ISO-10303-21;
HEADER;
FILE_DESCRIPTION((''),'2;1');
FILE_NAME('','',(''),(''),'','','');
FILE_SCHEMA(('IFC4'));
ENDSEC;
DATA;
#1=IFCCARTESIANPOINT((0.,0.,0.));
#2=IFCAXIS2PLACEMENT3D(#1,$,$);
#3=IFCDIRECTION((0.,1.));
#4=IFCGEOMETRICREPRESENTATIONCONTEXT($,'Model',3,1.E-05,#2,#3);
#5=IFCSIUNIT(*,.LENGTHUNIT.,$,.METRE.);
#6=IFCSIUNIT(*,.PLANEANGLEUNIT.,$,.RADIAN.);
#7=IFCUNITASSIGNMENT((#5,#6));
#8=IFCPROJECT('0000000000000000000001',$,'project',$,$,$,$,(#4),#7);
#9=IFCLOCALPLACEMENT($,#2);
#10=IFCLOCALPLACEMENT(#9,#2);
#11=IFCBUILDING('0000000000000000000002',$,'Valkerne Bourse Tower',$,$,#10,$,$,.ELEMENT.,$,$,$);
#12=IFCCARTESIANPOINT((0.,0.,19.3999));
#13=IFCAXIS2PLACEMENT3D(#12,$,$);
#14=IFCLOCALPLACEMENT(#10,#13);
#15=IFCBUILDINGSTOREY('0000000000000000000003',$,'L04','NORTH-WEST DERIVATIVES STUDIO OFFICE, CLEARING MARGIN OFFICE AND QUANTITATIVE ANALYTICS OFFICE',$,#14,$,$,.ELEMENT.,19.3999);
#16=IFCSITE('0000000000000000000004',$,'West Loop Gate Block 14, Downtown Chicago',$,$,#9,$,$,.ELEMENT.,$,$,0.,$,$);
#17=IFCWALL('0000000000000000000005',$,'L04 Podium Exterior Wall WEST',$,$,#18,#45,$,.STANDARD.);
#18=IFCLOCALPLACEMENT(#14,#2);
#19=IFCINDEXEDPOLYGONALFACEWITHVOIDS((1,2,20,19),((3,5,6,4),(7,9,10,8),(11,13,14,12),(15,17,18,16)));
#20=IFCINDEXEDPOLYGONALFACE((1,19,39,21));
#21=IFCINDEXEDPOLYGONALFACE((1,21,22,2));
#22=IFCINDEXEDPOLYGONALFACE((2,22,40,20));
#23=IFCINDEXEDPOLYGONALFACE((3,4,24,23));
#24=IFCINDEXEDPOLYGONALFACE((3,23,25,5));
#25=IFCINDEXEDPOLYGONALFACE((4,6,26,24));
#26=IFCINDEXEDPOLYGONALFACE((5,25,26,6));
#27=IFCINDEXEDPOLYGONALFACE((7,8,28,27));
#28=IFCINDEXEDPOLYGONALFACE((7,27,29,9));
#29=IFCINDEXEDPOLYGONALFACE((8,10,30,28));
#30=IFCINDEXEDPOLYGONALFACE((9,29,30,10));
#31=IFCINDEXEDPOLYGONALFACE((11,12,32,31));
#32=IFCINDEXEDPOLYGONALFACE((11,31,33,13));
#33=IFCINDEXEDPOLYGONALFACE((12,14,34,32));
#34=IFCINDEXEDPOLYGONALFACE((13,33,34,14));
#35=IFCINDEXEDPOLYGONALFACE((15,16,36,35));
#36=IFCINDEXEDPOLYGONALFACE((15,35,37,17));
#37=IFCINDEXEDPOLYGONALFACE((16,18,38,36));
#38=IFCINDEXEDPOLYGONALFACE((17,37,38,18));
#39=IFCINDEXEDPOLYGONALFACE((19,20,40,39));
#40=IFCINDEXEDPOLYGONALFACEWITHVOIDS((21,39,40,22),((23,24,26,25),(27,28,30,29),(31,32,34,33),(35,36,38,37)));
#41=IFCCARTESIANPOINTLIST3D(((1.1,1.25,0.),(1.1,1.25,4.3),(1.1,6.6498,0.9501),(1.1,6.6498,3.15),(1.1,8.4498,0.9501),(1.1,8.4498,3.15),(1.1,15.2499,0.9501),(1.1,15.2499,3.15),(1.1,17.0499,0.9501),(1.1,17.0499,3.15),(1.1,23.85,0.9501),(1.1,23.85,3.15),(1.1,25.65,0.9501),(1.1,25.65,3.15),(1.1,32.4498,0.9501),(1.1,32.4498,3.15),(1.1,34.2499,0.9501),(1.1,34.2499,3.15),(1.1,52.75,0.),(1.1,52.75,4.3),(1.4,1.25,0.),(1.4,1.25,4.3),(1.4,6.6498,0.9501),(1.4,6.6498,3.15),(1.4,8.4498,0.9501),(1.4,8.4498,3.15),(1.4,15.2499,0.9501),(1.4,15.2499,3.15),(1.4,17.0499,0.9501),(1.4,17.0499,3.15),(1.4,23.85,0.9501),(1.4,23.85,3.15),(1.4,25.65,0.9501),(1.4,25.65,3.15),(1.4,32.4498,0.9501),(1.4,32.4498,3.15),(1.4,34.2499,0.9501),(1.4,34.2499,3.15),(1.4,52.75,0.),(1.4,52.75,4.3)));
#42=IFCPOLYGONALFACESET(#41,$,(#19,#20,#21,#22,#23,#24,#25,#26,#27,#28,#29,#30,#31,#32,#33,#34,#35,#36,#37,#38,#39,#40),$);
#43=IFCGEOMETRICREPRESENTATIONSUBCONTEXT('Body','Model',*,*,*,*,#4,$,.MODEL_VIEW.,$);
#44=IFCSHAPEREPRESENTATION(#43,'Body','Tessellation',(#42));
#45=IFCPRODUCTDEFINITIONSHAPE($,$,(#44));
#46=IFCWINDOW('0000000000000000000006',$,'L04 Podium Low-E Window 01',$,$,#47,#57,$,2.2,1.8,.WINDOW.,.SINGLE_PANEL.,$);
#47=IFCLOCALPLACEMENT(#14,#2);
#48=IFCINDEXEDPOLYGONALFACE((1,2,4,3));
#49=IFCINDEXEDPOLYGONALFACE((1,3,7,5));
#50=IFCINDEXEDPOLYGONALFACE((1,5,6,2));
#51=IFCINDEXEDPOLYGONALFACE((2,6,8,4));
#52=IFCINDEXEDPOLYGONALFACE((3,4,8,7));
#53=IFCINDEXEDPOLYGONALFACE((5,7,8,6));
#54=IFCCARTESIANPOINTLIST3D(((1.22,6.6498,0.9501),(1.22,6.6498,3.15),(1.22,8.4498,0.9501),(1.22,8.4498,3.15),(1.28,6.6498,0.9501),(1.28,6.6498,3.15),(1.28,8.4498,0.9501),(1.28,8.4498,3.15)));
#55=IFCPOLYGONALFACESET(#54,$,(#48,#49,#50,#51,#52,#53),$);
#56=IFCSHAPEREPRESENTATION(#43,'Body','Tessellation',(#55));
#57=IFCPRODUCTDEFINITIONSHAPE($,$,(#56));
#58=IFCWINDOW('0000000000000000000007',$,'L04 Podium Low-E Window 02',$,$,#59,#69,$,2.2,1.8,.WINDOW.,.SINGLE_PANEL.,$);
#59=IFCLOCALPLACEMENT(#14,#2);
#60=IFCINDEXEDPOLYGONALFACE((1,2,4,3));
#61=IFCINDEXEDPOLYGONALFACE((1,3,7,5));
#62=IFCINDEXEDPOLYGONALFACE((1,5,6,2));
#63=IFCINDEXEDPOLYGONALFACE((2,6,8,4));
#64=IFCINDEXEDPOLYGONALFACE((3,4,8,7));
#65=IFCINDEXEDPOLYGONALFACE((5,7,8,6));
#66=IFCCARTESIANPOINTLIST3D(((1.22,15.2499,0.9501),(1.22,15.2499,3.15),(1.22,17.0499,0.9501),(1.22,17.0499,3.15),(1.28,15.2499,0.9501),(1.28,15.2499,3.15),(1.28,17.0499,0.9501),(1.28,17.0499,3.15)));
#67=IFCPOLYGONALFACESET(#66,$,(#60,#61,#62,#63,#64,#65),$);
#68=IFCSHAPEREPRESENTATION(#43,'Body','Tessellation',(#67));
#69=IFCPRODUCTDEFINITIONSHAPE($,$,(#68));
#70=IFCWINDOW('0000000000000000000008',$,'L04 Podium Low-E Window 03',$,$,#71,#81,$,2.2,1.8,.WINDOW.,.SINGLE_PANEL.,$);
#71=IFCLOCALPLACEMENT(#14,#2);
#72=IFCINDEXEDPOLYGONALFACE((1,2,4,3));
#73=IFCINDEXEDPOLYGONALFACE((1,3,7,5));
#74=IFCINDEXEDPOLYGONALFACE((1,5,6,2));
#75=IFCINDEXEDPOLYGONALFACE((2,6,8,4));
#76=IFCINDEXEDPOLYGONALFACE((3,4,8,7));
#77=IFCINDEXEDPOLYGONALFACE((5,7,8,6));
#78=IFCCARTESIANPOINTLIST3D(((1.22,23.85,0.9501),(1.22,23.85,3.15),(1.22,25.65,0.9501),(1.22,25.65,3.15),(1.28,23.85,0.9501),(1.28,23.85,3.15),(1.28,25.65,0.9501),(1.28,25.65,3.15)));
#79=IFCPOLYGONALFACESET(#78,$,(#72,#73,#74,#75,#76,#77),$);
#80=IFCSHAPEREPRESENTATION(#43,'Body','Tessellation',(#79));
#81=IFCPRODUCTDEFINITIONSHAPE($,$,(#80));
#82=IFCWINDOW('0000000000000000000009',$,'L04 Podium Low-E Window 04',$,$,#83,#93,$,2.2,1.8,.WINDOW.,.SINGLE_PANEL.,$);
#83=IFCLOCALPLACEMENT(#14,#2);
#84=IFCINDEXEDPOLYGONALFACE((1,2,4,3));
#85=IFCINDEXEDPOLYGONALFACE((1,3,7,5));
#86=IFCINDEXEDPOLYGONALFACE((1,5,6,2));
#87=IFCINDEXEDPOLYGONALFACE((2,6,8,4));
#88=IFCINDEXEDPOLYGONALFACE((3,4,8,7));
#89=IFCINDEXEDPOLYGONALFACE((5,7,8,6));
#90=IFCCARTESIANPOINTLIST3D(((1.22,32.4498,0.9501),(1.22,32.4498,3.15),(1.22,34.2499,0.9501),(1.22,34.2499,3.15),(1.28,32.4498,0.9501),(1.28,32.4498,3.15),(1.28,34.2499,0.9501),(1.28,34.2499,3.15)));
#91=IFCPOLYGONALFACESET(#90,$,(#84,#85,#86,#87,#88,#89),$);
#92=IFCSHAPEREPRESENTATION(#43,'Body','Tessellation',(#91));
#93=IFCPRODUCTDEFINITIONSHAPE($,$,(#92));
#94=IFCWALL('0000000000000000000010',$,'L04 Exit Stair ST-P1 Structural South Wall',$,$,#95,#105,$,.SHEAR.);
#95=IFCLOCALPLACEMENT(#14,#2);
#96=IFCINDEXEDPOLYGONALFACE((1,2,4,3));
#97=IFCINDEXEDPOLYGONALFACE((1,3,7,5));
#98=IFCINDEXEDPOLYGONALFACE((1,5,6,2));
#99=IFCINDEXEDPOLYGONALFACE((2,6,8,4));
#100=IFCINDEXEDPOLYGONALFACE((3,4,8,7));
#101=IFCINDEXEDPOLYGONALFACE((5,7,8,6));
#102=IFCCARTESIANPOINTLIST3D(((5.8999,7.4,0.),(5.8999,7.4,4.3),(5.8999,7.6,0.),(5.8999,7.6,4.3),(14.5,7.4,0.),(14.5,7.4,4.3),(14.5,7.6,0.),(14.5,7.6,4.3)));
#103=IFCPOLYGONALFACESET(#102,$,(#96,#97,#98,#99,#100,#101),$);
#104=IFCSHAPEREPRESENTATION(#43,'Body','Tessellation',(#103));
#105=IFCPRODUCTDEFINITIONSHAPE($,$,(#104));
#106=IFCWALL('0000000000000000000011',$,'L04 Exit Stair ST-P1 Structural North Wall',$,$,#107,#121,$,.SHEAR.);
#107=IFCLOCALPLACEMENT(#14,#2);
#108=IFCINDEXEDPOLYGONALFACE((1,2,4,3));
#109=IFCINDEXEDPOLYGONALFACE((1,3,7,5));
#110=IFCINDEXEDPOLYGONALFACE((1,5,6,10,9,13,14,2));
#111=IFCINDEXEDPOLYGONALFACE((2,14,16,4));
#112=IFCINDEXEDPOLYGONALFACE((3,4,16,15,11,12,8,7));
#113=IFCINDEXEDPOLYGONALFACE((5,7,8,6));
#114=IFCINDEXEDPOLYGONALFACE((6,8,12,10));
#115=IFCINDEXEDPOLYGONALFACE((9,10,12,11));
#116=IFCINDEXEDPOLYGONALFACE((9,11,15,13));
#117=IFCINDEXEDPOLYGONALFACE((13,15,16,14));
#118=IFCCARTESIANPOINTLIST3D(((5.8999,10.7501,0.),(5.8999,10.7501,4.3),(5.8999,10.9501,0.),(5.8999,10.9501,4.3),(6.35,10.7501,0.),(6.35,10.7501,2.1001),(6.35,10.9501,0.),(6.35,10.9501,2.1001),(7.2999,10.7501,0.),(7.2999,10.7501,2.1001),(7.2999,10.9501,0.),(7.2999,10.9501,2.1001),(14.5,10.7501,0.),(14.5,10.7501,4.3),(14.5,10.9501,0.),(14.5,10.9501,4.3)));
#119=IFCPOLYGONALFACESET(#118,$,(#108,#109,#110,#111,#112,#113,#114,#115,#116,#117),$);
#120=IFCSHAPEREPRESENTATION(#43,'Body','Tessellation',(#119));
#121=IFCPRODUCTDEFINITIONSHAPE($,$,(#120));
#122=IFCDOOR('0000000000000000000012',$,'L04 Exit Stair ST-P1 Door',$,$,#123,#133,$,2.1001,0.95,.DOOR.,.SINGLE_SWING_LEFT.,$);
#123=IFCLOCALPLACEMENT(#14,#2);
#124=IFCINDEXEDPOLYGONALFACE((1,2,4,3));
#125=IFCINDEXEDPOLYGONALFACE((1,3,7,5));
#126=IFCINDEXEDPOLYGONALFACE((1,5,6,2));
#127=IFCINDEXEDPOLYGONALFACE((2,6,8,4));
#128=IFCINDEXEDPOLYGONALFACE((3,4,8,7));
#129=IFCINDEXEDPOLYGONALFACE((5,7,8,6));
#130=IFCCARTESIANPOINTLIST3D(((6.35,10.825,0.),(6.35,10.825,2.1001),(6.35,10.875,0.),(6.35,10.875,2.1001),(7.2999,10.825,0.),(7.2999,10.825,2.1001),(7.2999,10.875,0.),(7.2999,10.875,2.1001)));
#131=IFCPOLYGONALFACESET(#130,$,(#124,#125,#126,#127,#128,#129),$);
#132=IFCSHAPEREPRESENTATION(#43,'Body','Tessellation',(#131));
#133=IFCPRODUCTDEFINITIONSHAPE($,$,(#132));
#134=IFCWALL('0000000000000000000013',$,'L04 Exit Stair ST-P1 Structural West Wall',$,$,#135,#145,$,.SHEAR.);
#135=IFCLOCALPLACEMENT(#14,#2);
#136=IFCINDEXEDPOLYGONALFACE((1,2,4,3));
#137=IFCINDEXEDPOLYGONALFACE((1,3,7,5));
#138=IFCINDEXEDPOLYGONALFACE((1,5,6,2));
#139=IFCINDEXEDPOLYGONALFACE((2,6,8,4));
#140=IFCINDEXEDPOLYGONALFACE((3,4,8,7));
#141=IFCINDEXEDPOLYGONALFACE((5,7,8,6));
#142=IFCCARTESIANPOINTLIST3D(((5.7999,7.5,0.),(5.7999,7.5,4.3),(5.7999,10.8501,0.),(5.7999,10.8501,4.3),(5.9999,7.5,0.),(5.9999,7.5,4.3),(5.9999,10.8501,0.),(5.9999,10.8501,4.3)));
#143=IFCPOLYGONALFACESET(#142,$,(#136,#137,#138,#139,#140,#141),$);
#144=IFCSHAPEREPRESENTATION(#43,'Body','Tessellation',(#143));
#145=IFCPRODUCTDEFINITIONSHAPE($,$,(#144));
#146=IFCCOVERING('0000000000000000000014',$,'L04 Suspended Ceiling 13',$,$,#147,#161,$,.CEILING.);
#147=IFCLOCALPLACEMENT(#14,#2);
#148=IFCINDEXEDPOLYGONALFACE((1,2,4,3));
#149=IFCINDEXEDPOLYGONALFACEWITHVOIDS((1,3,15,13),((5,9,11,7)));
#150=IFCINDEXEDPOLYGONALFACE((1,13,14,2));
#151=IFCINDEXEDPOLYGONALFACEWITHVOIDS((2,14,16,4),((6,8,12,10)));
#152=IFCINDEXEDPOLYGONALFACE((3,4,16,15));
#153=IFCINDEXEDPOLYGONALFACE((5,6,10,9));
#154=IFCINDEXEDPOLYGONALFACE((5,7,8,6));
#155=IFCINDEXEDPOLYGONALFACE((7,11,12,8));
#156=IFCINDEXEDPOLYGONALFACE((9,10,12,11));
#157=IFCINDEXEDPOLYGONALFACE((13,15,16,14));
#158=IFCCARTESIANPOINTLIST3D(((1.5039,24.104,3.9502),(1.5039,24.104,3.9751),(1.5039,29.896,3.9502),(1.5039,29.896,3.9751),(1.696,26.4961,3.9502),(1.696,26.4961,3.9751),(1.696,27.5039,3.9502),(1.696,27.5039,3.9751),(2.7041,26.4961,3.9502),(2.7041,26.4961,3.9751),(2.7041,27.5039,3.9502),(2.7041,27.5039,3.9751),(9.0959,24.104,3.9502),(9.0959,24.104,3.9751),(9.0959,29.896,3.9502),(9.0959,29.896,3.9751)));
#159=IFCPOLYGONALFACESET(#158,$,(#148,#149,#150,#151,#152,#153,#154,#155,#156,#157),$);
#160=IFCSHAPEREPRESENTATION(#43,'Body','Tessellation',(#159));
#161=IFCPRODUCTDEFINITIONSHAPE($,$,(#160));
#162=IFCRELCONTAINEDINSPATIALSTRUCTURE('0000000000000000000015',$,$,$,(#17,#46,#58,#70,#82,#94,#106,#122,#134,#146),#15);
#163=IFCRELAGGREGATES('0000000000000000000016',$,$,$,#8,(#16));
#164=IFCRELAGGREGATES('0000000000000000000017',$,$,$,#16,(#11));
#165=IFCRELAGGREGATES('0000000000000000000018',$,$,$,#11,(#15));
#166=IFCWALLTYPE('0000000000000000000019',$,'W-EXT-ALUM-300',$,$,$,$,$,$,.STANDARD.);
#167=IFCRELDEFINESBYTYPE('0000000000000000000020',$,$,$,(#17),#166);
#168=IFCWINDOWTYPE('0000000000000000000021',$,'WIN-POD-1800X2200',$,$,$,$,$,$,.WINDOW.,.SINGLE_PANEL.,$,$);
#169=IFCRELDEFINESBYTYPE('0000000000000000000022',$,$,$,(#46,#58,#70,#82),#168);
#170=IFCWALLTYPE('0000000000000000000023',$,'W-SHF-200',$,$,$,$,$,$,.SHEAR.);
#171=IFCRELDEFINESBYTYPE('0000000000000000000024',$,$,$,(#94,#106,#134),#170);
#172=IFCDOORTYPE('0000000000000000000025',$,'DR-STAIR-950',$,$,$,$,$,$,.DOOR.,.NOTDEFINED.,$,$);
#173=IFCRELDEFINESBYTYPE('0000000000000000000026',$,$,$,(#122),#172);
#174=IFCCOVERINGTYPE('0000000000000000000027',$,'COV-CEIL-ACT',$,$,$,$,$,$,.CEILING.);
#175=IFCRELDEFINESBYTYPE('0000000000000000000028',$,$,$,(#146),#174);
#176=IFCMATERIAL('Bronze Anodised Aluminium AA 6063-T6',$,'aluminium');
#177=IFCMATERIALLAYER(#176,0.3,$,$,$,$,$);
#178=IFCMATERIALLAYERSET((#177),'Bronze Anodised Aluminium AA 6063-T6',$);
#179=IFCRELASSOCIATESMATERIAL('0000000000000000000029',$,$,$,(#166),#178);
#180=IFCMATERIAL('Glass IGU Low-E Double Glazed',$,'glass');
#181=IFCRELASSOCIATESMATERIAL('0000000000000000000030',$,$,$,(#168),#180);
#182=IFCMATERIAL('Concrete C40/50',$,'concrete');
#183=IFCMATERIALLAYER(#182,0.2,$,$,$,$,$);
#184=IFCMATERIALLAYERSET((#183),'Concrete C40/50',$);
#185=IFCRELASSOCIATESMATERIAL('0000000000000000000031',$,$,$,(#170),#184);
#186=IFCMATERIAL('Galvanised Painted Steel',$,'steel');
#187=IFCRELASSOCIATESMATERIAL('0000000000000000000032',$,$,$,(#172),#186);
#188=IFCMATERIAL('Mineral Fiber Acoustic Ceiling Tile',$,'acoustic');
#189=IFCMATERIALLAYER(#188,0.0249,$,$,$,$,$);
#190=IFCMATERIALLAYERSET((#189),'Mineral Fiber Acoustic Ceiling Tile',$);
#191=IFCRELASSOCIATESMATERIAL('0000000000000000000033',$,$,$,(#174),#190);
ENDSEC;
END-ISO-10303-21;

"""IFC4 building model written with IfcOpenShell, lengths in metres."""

from ifc_helpers import new_model, si_unit, direction, frame, frame_2d, origin, place, context, subcontext, project, spatial, polyline, rectangle, outline, extrude, material, layer, layer_set, type_object, element, fill, save


model = new_model("IFC4")

# Units and contexts
model_context = context("Model", 3, precision=1e-05, world=origin(), true_north=direction((0.0, 1.0)))
body_context = subcontext(model_context, "Body", "Model", "MODEL_VIEW")
ifc_project = project(units=[si_unit("LENGTHUNIT", "METRE"), si_unit("PLANEANGLEUNIT", "RADIAN")], contexts=[model_context])

# Site, building, storey
site_placement = place(None, origin())
site = spatial("IfcSite", under=ifc_project, at=site_placement, Name="West Loop Gate Block 14, Downtown Chicago", CompositionType="ELEMENT", RefElevation=0.0)
building_placement = place(site_placement, origin())
building = spatial("IfcBuilding", under=site, at=building_placement, Name="Valkerne Bourse Tower", CompositionType="ELEMENT")
storey_placement = place(building_placement, frame((0.0, 0.0, 19.3999)))
storey = spatial("IfcBuildingStorey", under=building, at=storey_placement, Name="L04", Description="NORTH-WEST DERIVATIVES STUDIO OFFICE, CLEARING MARGIN OFFICE AND QUANTITATIVE ANALYTICS OFFICE", CompositionType="ELEMENT", Elevation=19.3999)

# Wall, openings, windows
ifc_material_1 = material(Name="Bronze Anodised Aluminium AA 6063-T6", Category="aluminium")
ifc_layer_1 = layer(ifc_material_1, 0.3)
ifc_layer_set_1 = layer_set([ifc_layer_1], Name="Bronze Anodised Aluminium AA 6063-T6")
wall_type_1 = type_object("IfcWallType", Name="W-EXT-ALUM-300", PredefinedType="STANDARD", material=ifc_layer_set_1)
wall_1_placement = place(storey_placement, frame((1.25, 1.25, 0.0), z_axis=(0.0, 0.0, 1.0), x_axis=(0.0, 1.0, 0.0)))
wall_1 = element("IfcWall", 1, at=wall_1_placement, inside=storey, type_object=wall_type_1, Name="L04 Podium Exterior Wall WEST", PredefinedType="STANDARD", context=body_context, shape_type="SweptSolid", body=[
    extrude(rectangle(XDim=51.5, YDim=0.3, at=frame_2d((25.75, 0.0))), origin(), (0.0, 0.0, 1.0), 4.3),
])
opening_1_placement = place(wall_1_placement, frame((5.3999, 0.0, 0.95)))
opening_1 = element("IfcOpeningElement", 2, at=opening_1_placement, cuts=wall_1, PredefinedType="OPENING", context=body_context, shape_type="SweptSolid", body=[
    extrude(rectangle(XDim=1.8, YDim=2.2, at=frame_2d((0.8999, 1.1001))), frame((0.0, 0.1599, 0.0), z_axis=(0.0, -1.0, 0.0), x_axis=(1.0, 0.0, 0.0)), (0.0, 0.0, 1.0), 0.3201),
])
opening_2_placement = place(wall_1_placement, frame((14.0, 0.0, 0.95)))
opening_2 = element("IfcOpeningElement", 3, at=opening_2_placement, cuts=wall_1, PredefinedType="OPENING", context=body_context, shape_type="SweptSolid", body=[
    extrude(rectangle(XDim=1.8, YDim=2.2, at=frame_2d((0.8999, 1.1001))), frame((0.0, 0.1599, 0.0), z_axis=(0.0, -1.0, 0.0), x_axis=(1.0, 0.0, 0.0)), (0.0, 0.0, 1.0), 0.3201),
])
opening_3_placement = place(wall_1_placement, frame((22.6001, 0.0, 0.95)))
opening_3 = element("IfcOpeningElement", 4, at=opening_3_placement, cuts=wall_1, PredefinedType="OPENING", context=body_context, shape_type="SweptSolid", body=[
    extrude(rectangle(XDim=1.8, YDim=2.2, at=frame_2d((0.8999, 1.1001))), frame((0.0, 0.1599, 0.0), z_axis=(0.0, -1.0, 0.0), x_axis=(1.0, 0.0, 0.0)), (0.0, 0.0, 1.0), 0.3201),
])
opening_4_placement = place(wall_1_placement, frame((31.2, 0.0, 0.95)))
opening_4 = element("IfcOpeningElement", 5, at=opening_4_placement, cuts=wall_1, PredefinedType="OPENING", context=body_context, shape_type="SweptSolid", body=[
    extrude(rectangle(XDim=1.8, YDim=2.2, at=frame_2d((0.8999, 1.1001))), frame((0.0, 0.1599, 0.0), z_axis=(0.0, -1.0, 0.0), x_axis=(1.0, 0.0, 0.0)), (0.0, 0.0, 1.0), 0.3201),
])
ifc_material_2 = material(Name="Glass IGU Low-E Double Glazed", Category="glass")
window_type = type_object("IfcWindowType", Name="WIN-POD-1800X2200", PartitioningType="SINGLE_PANEL", PredefinedType="WINDOW", material=ifc_material_2)
window_1_placement = place(opening_1_placement, origin())
window_1 = element("IfcWindow", 6, at=window_1_placement, inside=storey, type_object=window_type, Name="L04 Podium Low-E Window 01", OverallHeight=2.2, OverallWidth=1.8, PartitioningType="SINGLE_PANEL", PredefinedType="WINDOW", context=body_context, shape_type="SweptSolid", body=[
    extrude(rectangle(XDim=1.8, YDim=2.2, at=frame_2d((0.8999, 1.1001))), frame((0.0, 0.03, 0.0), z_axis=(0.0, -1.0, 0.0), x_axis=(1.0, 0.0, 0.0)), (0.0, 0.0, 1.0), 0.0601),
])
fill(opening_1, window_1)
window_2_placement = place(opening_2_placement, origin())
window_2 = element("IfcWindow", 7, at=window_2_placement, inside=storey, type_object=window_type, Name="L04 Podium Low-E Window 02", OverallHeight=2.2, OverallWidth=1.8, PartitioningType="SINGLE_PANEL", PredefinedType="WINDOW", context=body_context, shape_type="SweptSolid", body=[
    extrude(rectangle(XDim=1.8, YDim=2.2, at=frame_2d((0.8999, 1.1001))), frame((0.0, 0.03, 0.0), z_axis=(0.0, -1.0, 0.0), x_axis=(1.0, 0.0, 0.0)), (0.0, 0.0, 1.0), 0.0601),
])
fill(opening_2, window_2)
window_3_placement = place(opening_3_placement, origin())
window_3 = element("IfcWindow", 8, at=window_3_placement, inside=storey, type_object=window_type, Name="L04 Podium Low-E Window 03", OverallHeight=2.2, OverallWidth=1.8, PartitioningType="SINGLE_PANEL", PredefinedType="WINDOW", context=body_context, shape_type="SweptSolid", body=[
    extrude(rectangle(XDim=1.8, YDim=2.2, at=frame_2d((0.8999, 1.1001))), frame((0.0, 0.03, 0.0), z_axis=(0.0, -1.0, 0.0), x_axis=(1.0, 0.0, 0.0)), (0.0, 0.0, 1.0), 0.0601),
])
fill(opening_3, window_3)
window_4_placement = place(opening_4_placement, origin())
window_4 = element("IfcWindow", 9, at=window_4_placement, inside=storey, type_object=window_type, Name="L04 Podium Low-E Window 04", OverallHeight=2.2, OverallWidth=1.8, PartitioningType="SINGLE_PANEL", PredefinedType="WINDOW", context=body_context, shape_type="SweptSolid", body=[
    extrude(rectangle(XDim=1.8, YDim=2.2, at=frame_2d((0.8999, 1.1001))), frame((0.0, 0.03, 0.0), z_axis=(0.0, -1.0, 0.0), x_axis=(1.0, 0.0, 0.0)), (0.0, 0.0, 1.0), 0.0601),
])
fill(opening_4, window_4)

# Wall
ifc_material_3 = material(Name="Concrete C40/50", Category="concrete")
ifc_layer_2 = layer(ifc_material_3, 0.2)
ifc_layer_set_2 = layer_set([ifc_layer_2], Name="Concrete C40/50")
wall_type_2 = type_object("IfcWallType", Name="W-SHF-200", PredefinedType="SHEAR", material=ifc_layer_set_2)
wall_2_placement = place(storey_placement, frame((5.8999, 7.5, 0.0), z_axis=(0.0, 0.0, 1.0), x_axis=(1.0, 0.0, 0.0)))
element("IfcWall", 10, at=wall_2_placement, inside=storey, type_object=wall_type_2, Name="L04 Exit Stair ST-P1 Structural South Wall", PredefinedType="SHEAR", context=body_context, shape_type="SweptSolid", body=[
    extrude(rectangle(XDim=8.6001, YDim=0.2, at=frame_2d((4.3, 0.0))), origin(), (0.0, 0.0, 1.0), 4.3),
])

# Wall, opening, door
wall_3_placement = place(storey_placement, frame((5.8999, 10.8501, 0.0), z_axis=(0.0, 0.0, 1.0), x_axis=(1.0, 0.0, 0.0)))
wall_3 = element("IfcWall", 11, at=wall_3_placement, inside=storey, type_object=wall_type_2, Name="L04 Exit Stair ST-P1 Structural North Wall", PredefinedType="SHEAR", context=body_context, shape_type="SweptSolid", body=[
    extrude(rectangle(XDim=8.6001, YDim=0.2, at=frame_2d((4.3, 0.0))), origin(), (0.0, 0.0, 1.0), 4.3),
])
opening_5_placement = place(wall_3_placement, frame((0.45, 0.0, 0.0)))
opening_5 = element("IfcOpeningElement", 12, at=opening_5_placement, cuts=wall_3, PredefinedType="OPENING", context=body_context, shape_type="SweptSolid", body=[
    extrude(rectangle(XDim=0.95, YDim=2.1001, at=frame_2d((0.4751, 1.05))), frame((0.0, 0.1099, 0.0), z_axis=(0.0, -1.0, 0.0), x_axis=(1.0, 0.0, 0.0)), (0.0, 0.0, 1.0), 0.22),
])
ifc_material_4 = material(Name="Galvanised Painted Steel", Category="steel")
door_type_1 = type_object("IfcDoorType", Name="DR-STAIR-950", OperationType="NOTDEFINED", PredefinedType="DOOR", material=ifc_material_4)
door_1_placement = place(opening_5_placement, origin())
door_1 = element("IfcDoor", 13, at=door_1_placement, inside=storey, type_object=door_type_1, Name="L04 Exit Stair ST-P1 Door", OperationType="SINGLE_SWING_LEFT", OverallHeight=2.1001, OverallWidth=0.95, PredefinedType="DOOR", context=body_context, shape_type="SweptSolid", body=[
    extrude(rectangle(XDim=0.95, YDim=2.1001, at=frame_2d((0.4751, 1.05))), frame((0.0, 0.0249, 0.0), z_axis=(0.0, -1.0, 0.0), x_axis=(1.0, 0.0, 0.0)), (0.0, 0.0, 1.0), 0.05),
])
fill(opening_5, door_1)

# Wall
wall_4_placement = place(storey_placement, frame((5.8999, 7.5, 0.0), z_axis=(0.0, 0.0, 1.0), x_axis=(0.0, 1.0, 0.0)))
element("IfcWall", 14, at=wall_4_placement, inside=storey, type_object=wall_type_2, Name="L04 Exit Stair ST-P1 Structural West Wall", PredefinedType="SHEAR", context=body_context, shape_type="SweptSolid", body=[
    extrude(rectangle(XDim=3.3501, YDim=0.2, at=frame_2d((1.675, 0.0))), origin(), (0.0, 0.0, 1.0), 4.3),
])

# Covering
ifc_material_5 = material(Name="Mineral Fiber Acoustic Ceiling Tile", Category="acoustic")
ifc_layer_3 = layer(ifc_material_5, 0.0249)
ifc_layer_set_3 = layer_set([ifc_layer_3], Name="Mineral Fiber Acoustic Ceiling Tile")
covering_type_1 = type_object("IfcCoveringType", Name="COV-CEIL-ACT", PredefinedType="CEILING", material=ifc_layer_set_3)
covering_1_placement = place(storey_placement, frame((0.0, 0.0, 3.9502)))
element("IfcCovering", 15, at=covering_1_placement, inside=storey, type_object=covering_type_1, Name="L04 Suspended Ceiling 13", PredefinedType="CEILING", context=body_context, shape_type="SweptSolid", body=[
    extrude(outline(polyline([(1.5039, 29.896), (9.0959, 29.896), (9.0959, 24.104), (1.5039, 24.104), (1.5039, 29.896)]), holes=[polyline([(2.7041, 27.5039), (1.696, 27.5039), (1.696, 26.4961), (2.7041, 26.4961), (2.7041, 27.5039)])]), origin(), (0.0, 0.0, 1.0), 0.0249),
])

save(model, "model.ifc")
